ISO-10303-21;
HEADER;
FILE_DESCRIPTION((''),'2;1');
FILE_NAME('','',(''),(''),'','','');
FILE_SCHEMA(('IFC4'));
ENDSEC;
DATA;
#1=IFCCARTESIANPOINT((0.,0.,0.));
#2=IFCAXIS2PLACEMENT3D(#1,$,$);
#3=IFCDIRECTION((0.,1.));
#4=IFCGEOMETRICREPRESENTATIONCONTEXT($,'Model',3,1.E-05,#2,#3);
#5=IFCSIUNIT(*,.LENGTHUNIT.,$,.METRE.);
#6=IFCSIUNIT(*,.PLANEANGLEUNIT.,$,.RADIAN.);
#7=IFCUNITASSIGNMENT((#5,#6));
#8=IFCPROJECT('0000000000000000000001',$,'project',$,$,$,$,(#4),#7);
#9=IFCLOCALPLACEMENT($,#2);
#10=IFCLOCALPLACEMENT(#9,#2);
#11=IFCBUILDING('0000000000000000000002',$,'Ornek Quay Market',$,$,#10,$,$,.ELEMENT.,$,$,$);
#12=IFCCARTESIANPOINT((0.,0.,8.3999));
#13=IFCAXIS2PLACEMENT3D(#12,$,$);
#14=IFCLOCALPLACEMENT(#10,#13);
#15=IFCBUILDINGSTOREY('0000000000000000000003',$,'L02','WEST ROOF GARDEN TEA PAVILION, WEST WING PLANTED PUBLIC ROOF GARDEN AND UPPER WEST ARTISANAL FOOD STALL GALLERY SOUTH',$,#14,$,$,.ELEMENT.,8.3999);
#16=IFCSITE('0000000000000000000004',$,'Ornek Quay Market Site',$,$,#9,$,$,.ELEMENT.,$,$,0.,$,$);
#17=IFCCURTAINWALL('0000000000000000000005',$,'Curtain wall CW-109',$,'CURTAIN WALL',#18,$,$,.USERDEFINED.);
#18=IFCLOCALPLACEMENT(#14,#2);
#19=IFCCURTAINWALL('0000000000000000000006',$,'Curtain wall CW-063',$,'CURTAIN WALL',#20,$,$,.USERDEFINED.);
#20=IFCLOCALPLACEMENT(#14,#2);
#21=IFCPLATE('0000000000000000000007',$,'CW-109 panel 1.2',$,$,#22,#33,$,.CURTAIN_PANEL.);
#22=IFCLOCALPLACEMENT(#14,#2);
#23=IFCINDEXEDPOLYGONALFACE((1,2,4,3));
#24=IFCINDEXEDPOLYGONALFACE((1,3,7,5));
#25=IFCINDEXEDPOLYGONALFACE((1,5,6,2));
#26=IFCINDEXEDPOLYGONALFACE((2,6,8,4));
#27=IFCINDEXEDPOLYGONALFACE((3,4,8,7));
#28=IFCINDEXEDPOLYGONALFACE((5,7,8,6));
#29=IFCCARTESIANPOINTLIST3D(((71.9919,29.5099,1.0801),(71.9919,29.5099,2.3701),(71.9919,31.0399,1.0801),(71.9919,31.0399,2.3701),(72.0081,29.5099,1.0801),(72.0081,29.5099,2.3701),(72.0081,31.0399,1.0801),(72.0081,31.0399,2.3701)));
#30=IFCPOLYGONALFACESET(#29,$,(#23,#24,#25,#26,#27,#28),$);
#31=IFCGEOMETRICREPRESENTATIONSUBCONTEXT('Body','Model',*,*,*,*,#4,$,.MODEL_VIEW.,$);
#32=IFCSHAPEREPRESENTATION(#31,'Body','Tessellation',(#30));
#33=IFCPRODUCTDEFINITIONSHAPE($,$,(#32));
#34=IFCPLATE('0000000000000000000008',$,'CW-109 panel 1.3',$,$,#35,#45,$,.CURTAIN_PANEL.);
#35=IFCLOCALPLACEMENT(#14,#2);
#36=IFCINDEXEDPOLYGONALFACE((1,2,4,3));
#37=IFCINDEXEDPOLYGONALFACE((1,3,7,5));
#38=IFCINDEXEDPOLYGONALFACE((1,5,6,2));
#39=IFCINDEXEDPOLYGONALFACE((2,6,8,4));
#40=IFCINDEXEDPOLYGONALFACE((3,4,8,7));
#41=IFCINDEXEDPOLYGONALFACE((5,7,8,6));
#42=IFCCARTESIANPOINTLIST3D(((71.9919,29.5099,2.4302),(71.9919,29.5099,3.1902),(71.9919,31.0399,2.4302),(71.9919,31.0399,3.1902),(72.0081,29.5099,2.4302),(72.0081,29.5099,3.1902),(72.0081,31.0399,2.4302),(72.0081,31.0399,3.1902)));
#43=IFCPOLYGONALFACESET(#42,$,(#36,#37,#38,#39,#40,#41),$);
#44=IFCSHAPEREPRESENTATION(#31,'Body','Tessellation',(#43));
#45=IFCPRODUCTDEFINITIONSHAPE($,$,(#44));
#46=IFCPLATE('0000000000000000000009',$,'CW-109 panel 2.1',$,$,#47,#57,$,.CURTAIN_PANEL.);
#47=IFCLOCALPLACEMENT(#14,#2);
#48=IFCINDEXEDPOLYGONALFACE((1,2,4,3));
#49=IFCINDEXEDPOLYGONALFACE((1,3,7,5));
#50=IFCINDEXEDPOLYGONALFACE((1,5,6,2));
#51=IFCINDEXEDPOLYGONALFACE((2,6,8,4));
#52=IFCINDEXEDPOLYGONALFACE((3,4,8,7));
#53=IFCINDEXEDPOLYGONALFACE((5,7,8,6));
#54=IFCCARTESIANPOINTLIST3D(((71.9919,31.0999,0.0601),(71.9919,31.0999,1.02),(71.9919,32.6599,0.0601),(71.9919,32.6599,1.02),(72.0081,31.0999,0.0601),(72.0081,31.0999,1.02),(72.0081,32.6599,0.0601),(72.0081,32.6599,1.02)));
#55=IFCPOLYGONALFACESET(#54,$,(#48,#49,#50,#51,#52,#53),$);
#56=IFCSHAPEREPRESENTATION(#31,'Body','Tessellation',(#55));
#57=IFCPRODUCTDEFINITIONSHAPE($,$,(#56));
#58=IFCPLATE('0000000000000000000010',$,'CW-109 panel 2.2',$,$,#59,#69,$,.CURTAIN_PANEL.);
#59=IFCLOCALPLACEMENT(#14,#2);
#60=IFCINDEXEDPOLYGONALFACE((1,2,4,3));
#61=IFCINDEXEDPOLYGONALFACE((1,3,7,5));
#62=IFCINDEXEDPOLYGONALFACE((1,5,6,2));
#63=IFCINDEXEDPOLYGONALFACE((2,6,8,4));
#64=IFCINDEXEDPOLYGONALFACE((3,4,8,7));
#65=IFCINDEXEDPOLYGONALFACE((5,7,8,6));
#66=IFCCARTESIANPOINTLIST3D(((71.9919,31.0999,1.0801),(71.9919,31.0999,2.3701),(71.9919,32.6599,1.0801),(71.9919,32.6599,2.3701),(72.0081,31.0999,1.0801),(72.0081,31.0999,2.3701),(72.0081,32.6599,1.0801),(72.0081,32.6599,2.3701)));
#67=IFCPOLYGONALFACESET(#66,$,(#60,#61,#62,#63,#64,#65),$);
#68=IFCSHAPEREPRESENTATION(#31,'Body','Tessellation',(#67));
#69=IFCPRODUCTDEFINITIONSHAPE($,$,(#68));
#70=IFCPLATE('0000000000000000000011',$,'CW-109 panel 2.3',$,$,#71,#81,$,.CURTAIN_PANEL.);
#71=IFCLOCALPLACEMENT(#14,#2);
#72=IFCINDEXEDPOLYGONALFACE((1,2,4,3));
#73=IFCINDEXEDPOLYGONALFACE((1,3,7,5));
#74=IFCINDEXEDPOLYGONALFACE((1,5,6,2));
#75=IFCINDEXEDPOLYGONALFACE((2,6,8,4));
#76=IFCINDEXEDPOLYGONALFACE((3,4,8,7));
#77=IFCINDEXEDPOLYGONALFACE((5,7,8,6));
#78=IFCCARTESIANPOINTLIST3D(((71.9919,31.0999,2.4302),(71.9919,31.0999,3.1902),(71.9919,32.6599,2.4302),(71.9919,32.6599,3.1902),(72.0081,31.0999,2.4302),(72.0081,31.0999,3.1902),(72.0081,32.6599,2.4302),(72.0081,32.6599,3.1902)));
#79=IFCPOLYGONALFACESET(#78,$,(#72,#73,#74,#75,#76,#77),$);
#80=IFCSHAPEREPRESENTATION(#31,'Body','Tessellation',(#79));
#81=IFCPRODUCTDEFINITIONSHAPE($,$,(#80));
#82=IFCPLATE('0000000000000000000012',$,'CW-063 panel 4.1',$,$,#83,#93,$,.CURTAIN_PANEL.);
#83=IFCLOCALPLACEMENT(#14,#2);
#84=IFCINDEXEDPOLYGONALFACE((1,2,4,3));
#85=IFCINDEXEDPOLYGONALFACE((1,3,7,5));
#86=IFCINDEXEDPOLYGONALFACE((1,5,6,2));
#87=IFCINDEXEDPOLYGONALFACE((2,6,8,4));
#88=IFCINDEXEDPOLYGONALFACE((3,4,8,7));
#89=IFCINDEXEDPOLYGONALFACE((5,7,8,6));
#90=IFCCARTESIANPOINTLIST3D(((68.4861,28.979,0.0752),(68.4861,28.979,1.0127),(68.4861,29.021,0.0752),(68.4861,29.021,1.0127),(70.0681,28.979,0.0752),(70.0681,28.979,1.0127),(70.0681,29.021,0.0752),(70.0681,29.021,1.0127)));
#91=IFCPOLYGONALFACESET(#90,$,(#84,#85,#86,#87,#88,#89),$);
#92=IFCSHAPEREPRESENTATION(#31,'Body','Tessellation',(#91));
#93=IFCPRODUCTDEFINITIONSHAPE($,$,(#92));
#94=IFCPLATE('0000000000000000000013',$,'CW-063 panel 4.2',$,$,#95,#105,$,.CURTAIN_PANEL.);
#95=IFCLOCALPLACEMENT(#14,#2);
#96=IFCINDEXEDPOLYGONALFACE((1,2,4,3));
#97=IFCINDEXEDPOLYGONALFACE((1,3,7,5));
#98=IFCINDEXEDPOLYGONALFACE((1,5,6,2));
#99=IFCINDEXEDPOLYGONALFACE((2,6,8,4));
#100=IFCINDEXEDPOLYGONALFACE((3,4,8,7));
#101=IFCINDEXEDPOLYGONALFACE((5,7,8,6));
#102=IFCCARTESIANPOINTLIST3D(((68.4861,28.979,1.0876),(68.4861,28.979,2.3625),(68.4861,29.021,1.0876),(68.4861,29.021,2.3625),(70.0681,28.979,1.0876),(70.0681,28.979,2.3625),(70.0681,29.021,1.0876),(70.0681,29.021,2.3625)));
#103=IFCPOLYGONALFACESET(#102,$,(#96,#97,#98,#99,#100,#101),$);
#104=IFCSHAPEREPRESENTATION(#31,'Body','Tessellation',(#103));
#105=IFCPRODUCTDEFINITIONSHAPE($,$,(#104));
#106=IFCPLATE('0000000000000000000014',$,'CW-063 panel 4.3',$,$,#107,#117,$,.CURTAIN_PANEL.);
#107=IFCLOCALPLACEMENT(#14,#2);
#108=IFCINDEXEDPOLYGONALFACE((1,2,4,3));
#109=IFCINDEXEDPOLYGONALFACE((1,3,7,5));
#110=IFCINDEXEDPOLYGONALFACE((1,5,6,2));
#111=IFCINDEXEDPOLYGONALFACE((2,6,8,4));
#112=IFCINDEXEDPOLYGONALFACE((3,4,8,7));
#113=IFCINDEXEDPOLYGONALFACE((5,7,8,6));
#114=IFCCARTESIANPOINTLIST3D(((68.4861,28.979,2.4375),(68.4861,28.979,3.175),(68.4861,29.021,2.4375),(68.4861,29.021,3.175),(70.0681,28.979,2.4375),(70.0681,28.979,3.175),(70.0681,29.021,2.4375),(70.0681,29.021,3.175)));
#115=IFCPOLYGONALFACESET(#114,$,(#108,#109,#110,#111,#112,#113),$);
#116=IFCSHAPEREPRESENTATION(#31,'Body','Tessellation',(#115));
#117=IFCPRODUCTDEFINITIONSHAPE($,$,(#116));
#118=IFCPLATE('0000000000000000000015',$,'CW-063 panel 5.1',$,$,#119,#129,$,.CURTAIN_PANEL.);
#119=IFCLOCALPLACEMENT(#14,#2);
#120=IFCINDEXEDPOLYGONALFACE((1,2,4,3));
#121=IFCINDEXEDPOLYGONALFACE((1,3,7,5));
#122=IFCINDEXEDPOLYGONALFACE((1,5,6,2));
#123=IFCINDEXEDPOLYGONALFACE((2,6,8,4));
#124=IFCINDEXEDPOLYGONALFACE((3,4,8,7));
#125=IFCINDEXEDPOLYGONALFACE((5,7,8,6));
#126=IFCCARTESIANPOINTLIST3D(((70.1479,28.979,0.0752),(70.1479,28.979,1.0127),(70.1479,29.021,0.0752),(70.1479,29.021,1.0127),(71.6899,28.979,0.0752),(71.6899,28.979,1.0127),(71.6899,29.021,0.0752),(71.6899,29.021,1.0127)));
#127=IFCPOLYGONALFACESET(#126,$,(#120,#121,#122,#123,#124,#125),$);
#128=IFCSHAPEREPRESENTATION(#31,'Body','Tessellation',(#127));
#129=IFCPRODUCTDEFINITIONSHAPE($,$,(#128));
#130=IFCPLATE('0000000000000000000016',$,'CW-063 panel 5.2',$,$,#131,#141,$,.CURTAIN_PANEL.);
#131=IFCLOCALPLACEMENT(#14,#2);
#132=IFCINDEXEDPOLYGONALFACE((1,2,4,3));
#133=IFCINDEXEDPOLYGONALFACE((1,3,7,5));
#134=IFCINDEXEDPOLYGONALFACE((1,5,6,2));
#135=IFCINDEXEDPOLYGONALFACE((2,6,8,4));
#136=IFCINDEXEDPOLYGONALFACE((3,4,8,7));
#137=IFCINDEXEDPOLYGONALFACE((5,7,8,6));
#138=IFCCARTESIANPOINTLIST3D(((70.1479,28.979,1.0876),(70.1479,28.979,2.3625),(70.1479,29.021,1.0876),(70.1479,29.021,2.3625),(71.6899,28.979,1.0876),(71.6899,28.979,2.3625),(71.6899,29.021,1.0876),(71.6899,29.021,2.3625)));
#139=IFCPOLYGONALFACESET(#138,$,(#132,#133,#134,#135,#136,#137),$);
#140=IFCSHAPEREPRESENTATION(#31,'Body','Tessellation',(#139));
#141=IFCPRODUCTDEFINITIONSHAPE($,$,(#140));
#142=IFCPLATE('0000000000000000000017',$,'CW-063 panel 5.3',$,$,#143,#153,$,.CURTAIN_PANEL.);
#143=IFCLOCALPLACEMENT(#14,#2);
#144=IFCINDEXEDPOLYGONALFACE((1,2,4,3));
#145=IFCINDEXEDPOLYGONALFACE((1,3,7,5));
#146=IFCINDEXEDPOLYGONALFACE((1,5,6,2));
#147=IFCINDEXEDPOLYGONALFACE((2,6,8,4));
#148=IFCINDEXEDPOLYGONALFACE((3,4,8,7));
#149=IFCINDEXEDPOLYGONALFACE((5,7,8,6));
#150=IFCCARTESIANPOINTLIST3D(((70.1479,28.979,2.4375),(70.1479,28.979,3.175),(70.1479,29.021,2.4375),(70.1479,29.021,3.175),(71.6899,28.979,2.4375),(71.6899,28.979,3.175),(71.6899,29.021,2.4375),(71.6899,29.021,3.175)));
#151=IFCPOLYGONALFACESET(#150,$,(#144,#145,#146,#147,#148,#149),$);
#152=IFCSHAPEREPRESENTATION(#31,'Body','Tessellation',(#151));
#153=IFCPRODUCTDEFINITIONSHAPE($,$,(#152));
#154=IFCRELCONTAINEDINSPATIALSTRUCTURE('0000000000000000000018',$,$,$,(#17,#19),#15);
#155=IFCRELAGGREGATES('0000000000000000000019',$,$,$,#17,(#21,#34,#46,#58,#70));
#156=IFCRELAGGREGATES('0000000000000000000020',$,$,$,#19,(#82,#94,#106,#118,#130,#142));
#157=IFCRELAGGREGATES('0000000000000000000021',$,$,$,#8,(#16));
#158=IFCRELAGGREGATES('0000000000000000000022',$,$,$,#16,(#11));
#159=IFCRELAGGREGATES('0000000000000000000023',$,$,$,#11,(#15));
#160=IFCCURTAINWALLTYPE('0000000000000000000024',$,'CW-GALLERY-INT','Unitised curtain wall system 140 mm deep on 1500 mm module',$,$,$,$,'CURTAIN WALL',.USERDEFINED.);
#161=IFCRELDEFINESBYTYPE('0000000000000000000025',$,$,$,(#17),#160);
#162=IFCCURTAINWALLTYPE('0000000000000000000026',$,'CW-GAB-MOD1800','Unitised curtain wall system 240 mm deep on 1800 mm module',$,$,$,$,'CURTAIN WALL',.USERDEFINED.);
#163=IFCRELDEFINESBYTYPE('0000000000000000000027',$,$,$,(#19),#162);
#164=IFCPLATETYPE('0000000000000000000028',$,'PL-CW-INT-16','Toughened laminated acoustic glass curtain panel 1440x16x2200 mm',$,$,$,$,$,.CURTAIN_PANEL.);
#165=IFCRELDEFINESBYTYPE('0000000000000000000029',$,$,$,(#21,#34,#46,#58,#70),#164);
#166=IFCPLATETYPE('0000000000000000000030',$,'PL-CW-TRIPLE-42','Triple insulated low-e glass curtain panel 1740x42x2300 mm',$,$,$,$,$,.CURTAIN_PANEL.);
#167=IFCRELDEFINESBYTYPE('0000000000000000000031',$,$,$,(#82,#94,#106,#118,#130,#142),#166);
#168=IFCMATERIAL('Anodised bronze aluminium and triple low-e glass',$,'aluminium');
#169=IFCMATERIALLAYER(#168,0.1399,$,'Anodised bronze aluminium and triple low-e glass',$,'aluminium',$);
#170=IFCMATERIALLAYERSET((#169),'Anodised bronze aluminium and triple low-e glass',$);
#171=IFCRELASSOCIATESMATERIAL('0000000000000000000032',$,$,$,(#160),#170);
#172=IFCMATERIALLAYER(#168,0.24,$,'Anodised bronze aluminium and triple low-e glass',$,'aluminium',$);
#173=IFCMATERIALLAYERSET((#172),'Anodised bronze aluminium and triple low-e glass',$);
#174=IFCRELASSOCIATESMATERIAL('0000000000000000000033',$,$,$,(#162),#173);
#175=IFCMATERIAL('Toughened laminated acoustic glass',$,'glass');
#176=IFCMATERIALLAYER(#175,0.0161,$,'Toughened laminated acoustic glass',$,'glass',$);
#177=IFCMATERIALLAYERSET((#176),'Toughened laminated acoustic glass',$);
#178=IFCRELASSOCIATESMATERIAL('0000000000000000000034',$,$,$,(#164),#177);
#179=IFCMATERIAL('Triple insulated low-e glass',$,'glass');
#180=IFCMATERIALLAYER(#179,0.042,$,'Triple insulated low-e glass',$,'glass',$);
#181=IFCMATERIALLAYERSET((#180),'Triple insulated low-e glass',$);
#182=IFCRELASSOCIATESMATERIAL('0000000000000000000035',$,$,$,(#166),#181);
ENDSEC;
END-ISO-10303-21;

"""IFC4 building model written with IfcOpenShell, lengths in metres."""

from ifc_helpers import new_model, si_unit, direction, frame, origin, origin_2d, place, context, subcontext, project, spatial, rectangle, extrude, material, layer, layer_set, type_object, element, aggregate, save


model = new_model("IFC4")

# Units and contexts
model_context = context("Model", 3, precision=1e-05, world=origin(), true_north=direction((0.0, 1.0)))
body_context = subcontext(model_context, "Body", "Model", "MODEL_VIEW")
ifc_project = project(units=[si_unit("LENGTHUNIT", "METRE"), si_unit("PLANEANGLEUNIT", "RADIAN")], contexts=[model_context])

# Site, building, storey
site_placement = place(None, origin())
site = spatial("IfcSite", under=ifc_project, at=site_placement, Name="Ornek Quay Market Site", CompositionType="ELEMENT", RefElevation=0.0)
building_placement = place(site_placement, origin())
building = spatial("IfcBuilding", under=site, at=building_placement, Name="Ornek Quay Market", CompositionType="ELEMENT")
storey_placement = place(building_placement, frame((0.0, 0.0, 8.3999)))
storey = spatial("IfcBuildingStorey", under=building, at=storey_placement, Name="L02", Description="WEST ROOF GARDEN TEA PAVILION, WEST WING PLANTED PUBLIC ROOF GARDEN AND UPPER WEST ARTISANAL FOOD STALL GALLERY SOUTH", CompositionType="ELEMENT", Elevation=8.3999)

# Curtain walls
ifc_material_1 = material(Name="Anodised bronze aluminium and triple low-e glass", Category="aluminium")
ifc_layer_1 = layer(ifc_material_1, 0.1399, Name="Anodised bronze aluminium and triple low-e glass", Category="aluminium")
ifc_layer_set_1 = layer_set([ifc_layer_1], Name="Anodised bronze aluminium and triple low-e glass")
curtain_wall_type_1 = type_object("IfcCurtainWallType", Name="CW-GALLERY-INT", Description="Unitised curtain wall system 140 mm deep on 1500 mm module", ElementType="CURTAIN WALL", PredefinedType="USERDEFINED", material=ifc_layer_set_1)
curtain_wall_1_placement = place(storey_placement, origin())
curtain_wall_1 = element("IfcCurtainWall", 1, at=curtain_wall_1_placement, inside=storey, type_object=curtain_wall_type_1, Name="Curtain wall CW-109", ObjectType="CURTAIN WALL", PredefinedType="USERDEFINED")
ifc_layer_2 = layer(ifc_material_1, 0.24, Name="Anodised bronze aluminium and triple low-e glass", Category="aluminium")
ifc_layer_set_2 = layer_set([ifc_layer_2], Name="Anodised bronze aluminium and triple low-e glass")
curtain_wall_type_2 = type_object("IfcCurtainWallType", Name="CW-GAB-MOD1800", Description="Unitised curtain wall system 240 mm deep on 1800 mm module", ElementType="CURTAIN WALL", PredefinedType="USERDEFINED", material=ifc_layer_set_2)
curtain_wall_2_placement = place(storey_placement, origin())
curtain_wall_2 = element("IfcCurtainWall", 2, at=curtain_wall_2_placement, inside=storey, type_object=curtain_wall_type_2, Name="Curtain wall CW-063", ObjectType="CURTAIN WALL", PredefinedType="USERDEFINED")

# Plates
ifc_material_2 = material(Name="Toughened laminated acoustic glass", Category="glass")
ifc_layer_3 = layer(ifc_material_2, 0.0161, Name="Toughened laminated acoustic glass", Category="glass")
ifc_layer_set_3 = layer_set([ifc_layer_3], Name="Toughened laminated acoustic glass")
plate_type_1 = type_object("IfcPlateType", Name="PL-CW-INT-16", Description="Toughened laminated acoustic glass curtain panel 1440x16x2200 mm", PredefinedType="CURTAIN_PANEL", material=ifc_layer_set_3)
plate_1_placement = place(storey_placement, frame((72.0, 30.2749, 1.0801), z_axis=(0.0, 0.0, 1.0), x_axis=(0.0, 1.0, 0.0)))
plate_1 = element("IfcPlate", 3, at=plate_1_placement, type_object=plate_type_1, Name="CW-109 panel 1.2", PredefinedType="CURTAIN_PANEL", context=body_context, shape_type="SweptSolid", body=[
    extrude(rectangle(XDim=1.53, YDim=0.0161, at=origin_2d()), origin(), (0.0, 0.0, 1.0), 1.29),
])
plate_2_placement = place(storey_placement, frame((72.0, 30.2749, 2.4302), z_axis=(0.0, 0.0, 1.0), x_axis=(0.0, 1.0, 0.0)))
plate_2 = element("IfcPlate", 4, at=plate_2_placement, type_object=plate_type_1, Name="CW-109 panel 1.3", PredefinedType="CURTAIN_PANEL", context=body_context, shape_type="SweptSolid", body=[
    extrude(rectangle(XDim=1.53, YDim=0.0161, at=origin_2d()), origin(), (0.0, 0.0, 1.0), 0.76),
])
plate_3_placement = place(storey_placement, frame((72.0, 31.8799, 0.0601), z_axis=(0.0, 0.0, 1.0), x_axis=(0.0, 1.0, 0.0)))
plate_3 = element("IfcPlate", 5, at=plate_3_placement, type_object=plate_type_1, Name="CW-109 panel 2.1", PredefinedType="CURTAIN_PANEL", context=body_context, shape_type="SweptSolid", body=[
    extrude(rectangle(XDim=1.5601, YDim=0.0161, at=origin_2d()), origin(), (0.0, 0.0, 1.0), 0.96),
])
plate_4_placement = place(storey_placement, frame((72.0, 31.8799, 1.0801), z_axis=(0.0, 0.0, 1.0), x_axis=(0.0, 1.0, 0.0)))
plate_4 = element("IfcPlate", 6, at=plate_4_placement, type_object=plate_type_1, Name="CW-109 panel 2.2", PredefinedType="CURTAIN_PANEL", context=body_context, shape_type="SweptSolid", body=[
    extrude(rectangle(XDim=1.5601, YDim=0.0161, at=origin_2d()), origin(), (0.0, 0.0, 1.0), 1.29),
])
plate_5_placement = place(storey_placement, frame((72.0, 31.8799, 2.4302), z_axis=(0.0, 0.0, 1.0), x_axis=(0.0, 1.0, 0.0)))
plate_5 = element("IfcPlate", 7, at=plate_5_placement, type_object=plate_type_1, Name="CW-109 panel 2.3", PredefinedType="CURTAIN_PANEL", context=body_context, shape_type="SweptSolid", body=[
    extrude(rectangle(XDim=1.5601, YDim=0.0161, at=origin_2d()), origin(), (0.0, 0.0, 1.0), 0.76),
])
aggregate(curtain_wall_1, [plate_1, plate_2, plate_3, plate_4, plate_5])
ifc_material_3 = material(Name="Triple insulated low-e glass", Category="glass")
ifc_layer_4 = layer(ifc_material_3, 0.042, Name="Triple insulated low-e glass", Category="glass")
ifc_layer_set_4 = layer_set([ifc_layer_4], Name="Triple insulated low-e glass")
plate_type_2 = type_object("IfcPlateType", Name="PL-CW-TRIPLE-42", Description="Triple insulated low-e glass curtain panel 1740x42x2300 mm", PredefinedType="CURTAIN_PANEL", material=ifc_layer_set_4)
plate_6_placement = place(storey_placement, frame((69.2771, 29.0, 0.0752), z_axis=(0.0, 0.0, 1.0), x_axis=(1.0, 0.0, 0.0)))
plate_6 = element("IfcPlate", 8, at=plate_6_placement, type_object=plate_type_2, Name="CW-063 panel 4.1", PredefinedType="CURTAIN_PANEL", context=body_context, shape_type="SweptSolid", body=[
    extrude(rectangle(XDim=1.582, YDim=0.042, at=origin_2d()), origin(), (0.0, 0.0, 1.0), 0.9375),
])
plate_7_placement = place(storey_placement, frame((69.2771, 29.0, 1.0876), z_axis=(0.0, 0.0, 1.0), x_axis=(1.0, 0.0, 0.0)))
plate_7 = element("IfcPlate", 9, at=plate_7_placement, type_object=plate_type_2, Name="CW-063 panel 4.2", PredefinedType="CURTAIN_PANEL", context=body_context, shape_type="SweptSolid", body=[
    extrude(rectangle(XDim=1.582, YDim=0.042, at=origin_2d()), origin(), (0.0, 0.0, 1.0), 1.2749),
])
plate_8_placement = place(storey_placement, frame((69.2771, 29.0, 2.4375), z_axis=(0.0, 0.0, 1.0), x_axis=(1.0, 0.0, 0.0)))
plate_8 = element("IfcPlate", 10, at=plate_8_placement, type_object=plate_type_2, Name="CW-063 panel 4.3", PredefinedType="CURTAIN_PANEL", context=body_context, shape_type="SweptSolid", body=[
    extrude(rectangle(XDim=1.582, YDim=0.042, at=origin_2d()), origin(), (0.0, 0.0, 1.0), 0.7375),
])
plate_9_placement = place(storey_placement, frame((70.9189, 29.0, 0.0752), z_axis=(0.0, 0.0, 1.0), x_axis=(1.0, 0.0, 0.0)))
plate_9 = element("IfcPlate", 11, at=plate_9_placement, type_object=plate_type_2, Name="CW-063 panel 5.1", PredefinedType="CURTAIN_PANEL", context=body_context, shape_type="SweptSolid", body=[
    extrude(rectangle(XDim=1.542, YDim=0.042, at=origin_2d()), origin(), (0.0, 0.0, 1.0), 0.9375),
])
plate_10_placement = place(storey_placement, frame((70.9189, 29.0, 1.0876), z_axis=(0.0, 0.0, 1.0), x_axis=(1.0, 0.0, 0.0)))
plate_10 = element("IfcPlate", 12, at=plate_10_placement, type_object=plate_type_2, Name="CW-063 panel 5.2", PredefinedType="CURTAIN_PANEL", context=body_context, shape_type="SweptSolid", body=[
    extrude(rectangle(XDim=1.542, YDim=0.042, at=origin_2d()), origin(), (0.0, 0.0, 1.0), 1.2749),
])
plate_11_placement = place(storey_placement, frame((70.9189, 29.0, 2.4375), z_axis=(0.0, 0.0, 1.0), x_axis=(1.0, 0.0, 0.0)))
plate_11 = element("IfcPlate", 13, at=plate_11_placement, type_object=plate_type_2, Name="CW-063 panel 5.3", PredefinedType="CURTAIN_PANEL", context=body_context, shape_type="SweptSolid", body=[
    extrude(rectangle(XDim=1.542, YDim=0.042, at=origin_2d()), origin(), (0.0, 0.0, 1.0), 0.7375),
])
aggregate(curtain_wall_2, [plate_6, plate_7, plate_8, plate_9, plate_10, plate_11])

save(model, "model.ifc")
